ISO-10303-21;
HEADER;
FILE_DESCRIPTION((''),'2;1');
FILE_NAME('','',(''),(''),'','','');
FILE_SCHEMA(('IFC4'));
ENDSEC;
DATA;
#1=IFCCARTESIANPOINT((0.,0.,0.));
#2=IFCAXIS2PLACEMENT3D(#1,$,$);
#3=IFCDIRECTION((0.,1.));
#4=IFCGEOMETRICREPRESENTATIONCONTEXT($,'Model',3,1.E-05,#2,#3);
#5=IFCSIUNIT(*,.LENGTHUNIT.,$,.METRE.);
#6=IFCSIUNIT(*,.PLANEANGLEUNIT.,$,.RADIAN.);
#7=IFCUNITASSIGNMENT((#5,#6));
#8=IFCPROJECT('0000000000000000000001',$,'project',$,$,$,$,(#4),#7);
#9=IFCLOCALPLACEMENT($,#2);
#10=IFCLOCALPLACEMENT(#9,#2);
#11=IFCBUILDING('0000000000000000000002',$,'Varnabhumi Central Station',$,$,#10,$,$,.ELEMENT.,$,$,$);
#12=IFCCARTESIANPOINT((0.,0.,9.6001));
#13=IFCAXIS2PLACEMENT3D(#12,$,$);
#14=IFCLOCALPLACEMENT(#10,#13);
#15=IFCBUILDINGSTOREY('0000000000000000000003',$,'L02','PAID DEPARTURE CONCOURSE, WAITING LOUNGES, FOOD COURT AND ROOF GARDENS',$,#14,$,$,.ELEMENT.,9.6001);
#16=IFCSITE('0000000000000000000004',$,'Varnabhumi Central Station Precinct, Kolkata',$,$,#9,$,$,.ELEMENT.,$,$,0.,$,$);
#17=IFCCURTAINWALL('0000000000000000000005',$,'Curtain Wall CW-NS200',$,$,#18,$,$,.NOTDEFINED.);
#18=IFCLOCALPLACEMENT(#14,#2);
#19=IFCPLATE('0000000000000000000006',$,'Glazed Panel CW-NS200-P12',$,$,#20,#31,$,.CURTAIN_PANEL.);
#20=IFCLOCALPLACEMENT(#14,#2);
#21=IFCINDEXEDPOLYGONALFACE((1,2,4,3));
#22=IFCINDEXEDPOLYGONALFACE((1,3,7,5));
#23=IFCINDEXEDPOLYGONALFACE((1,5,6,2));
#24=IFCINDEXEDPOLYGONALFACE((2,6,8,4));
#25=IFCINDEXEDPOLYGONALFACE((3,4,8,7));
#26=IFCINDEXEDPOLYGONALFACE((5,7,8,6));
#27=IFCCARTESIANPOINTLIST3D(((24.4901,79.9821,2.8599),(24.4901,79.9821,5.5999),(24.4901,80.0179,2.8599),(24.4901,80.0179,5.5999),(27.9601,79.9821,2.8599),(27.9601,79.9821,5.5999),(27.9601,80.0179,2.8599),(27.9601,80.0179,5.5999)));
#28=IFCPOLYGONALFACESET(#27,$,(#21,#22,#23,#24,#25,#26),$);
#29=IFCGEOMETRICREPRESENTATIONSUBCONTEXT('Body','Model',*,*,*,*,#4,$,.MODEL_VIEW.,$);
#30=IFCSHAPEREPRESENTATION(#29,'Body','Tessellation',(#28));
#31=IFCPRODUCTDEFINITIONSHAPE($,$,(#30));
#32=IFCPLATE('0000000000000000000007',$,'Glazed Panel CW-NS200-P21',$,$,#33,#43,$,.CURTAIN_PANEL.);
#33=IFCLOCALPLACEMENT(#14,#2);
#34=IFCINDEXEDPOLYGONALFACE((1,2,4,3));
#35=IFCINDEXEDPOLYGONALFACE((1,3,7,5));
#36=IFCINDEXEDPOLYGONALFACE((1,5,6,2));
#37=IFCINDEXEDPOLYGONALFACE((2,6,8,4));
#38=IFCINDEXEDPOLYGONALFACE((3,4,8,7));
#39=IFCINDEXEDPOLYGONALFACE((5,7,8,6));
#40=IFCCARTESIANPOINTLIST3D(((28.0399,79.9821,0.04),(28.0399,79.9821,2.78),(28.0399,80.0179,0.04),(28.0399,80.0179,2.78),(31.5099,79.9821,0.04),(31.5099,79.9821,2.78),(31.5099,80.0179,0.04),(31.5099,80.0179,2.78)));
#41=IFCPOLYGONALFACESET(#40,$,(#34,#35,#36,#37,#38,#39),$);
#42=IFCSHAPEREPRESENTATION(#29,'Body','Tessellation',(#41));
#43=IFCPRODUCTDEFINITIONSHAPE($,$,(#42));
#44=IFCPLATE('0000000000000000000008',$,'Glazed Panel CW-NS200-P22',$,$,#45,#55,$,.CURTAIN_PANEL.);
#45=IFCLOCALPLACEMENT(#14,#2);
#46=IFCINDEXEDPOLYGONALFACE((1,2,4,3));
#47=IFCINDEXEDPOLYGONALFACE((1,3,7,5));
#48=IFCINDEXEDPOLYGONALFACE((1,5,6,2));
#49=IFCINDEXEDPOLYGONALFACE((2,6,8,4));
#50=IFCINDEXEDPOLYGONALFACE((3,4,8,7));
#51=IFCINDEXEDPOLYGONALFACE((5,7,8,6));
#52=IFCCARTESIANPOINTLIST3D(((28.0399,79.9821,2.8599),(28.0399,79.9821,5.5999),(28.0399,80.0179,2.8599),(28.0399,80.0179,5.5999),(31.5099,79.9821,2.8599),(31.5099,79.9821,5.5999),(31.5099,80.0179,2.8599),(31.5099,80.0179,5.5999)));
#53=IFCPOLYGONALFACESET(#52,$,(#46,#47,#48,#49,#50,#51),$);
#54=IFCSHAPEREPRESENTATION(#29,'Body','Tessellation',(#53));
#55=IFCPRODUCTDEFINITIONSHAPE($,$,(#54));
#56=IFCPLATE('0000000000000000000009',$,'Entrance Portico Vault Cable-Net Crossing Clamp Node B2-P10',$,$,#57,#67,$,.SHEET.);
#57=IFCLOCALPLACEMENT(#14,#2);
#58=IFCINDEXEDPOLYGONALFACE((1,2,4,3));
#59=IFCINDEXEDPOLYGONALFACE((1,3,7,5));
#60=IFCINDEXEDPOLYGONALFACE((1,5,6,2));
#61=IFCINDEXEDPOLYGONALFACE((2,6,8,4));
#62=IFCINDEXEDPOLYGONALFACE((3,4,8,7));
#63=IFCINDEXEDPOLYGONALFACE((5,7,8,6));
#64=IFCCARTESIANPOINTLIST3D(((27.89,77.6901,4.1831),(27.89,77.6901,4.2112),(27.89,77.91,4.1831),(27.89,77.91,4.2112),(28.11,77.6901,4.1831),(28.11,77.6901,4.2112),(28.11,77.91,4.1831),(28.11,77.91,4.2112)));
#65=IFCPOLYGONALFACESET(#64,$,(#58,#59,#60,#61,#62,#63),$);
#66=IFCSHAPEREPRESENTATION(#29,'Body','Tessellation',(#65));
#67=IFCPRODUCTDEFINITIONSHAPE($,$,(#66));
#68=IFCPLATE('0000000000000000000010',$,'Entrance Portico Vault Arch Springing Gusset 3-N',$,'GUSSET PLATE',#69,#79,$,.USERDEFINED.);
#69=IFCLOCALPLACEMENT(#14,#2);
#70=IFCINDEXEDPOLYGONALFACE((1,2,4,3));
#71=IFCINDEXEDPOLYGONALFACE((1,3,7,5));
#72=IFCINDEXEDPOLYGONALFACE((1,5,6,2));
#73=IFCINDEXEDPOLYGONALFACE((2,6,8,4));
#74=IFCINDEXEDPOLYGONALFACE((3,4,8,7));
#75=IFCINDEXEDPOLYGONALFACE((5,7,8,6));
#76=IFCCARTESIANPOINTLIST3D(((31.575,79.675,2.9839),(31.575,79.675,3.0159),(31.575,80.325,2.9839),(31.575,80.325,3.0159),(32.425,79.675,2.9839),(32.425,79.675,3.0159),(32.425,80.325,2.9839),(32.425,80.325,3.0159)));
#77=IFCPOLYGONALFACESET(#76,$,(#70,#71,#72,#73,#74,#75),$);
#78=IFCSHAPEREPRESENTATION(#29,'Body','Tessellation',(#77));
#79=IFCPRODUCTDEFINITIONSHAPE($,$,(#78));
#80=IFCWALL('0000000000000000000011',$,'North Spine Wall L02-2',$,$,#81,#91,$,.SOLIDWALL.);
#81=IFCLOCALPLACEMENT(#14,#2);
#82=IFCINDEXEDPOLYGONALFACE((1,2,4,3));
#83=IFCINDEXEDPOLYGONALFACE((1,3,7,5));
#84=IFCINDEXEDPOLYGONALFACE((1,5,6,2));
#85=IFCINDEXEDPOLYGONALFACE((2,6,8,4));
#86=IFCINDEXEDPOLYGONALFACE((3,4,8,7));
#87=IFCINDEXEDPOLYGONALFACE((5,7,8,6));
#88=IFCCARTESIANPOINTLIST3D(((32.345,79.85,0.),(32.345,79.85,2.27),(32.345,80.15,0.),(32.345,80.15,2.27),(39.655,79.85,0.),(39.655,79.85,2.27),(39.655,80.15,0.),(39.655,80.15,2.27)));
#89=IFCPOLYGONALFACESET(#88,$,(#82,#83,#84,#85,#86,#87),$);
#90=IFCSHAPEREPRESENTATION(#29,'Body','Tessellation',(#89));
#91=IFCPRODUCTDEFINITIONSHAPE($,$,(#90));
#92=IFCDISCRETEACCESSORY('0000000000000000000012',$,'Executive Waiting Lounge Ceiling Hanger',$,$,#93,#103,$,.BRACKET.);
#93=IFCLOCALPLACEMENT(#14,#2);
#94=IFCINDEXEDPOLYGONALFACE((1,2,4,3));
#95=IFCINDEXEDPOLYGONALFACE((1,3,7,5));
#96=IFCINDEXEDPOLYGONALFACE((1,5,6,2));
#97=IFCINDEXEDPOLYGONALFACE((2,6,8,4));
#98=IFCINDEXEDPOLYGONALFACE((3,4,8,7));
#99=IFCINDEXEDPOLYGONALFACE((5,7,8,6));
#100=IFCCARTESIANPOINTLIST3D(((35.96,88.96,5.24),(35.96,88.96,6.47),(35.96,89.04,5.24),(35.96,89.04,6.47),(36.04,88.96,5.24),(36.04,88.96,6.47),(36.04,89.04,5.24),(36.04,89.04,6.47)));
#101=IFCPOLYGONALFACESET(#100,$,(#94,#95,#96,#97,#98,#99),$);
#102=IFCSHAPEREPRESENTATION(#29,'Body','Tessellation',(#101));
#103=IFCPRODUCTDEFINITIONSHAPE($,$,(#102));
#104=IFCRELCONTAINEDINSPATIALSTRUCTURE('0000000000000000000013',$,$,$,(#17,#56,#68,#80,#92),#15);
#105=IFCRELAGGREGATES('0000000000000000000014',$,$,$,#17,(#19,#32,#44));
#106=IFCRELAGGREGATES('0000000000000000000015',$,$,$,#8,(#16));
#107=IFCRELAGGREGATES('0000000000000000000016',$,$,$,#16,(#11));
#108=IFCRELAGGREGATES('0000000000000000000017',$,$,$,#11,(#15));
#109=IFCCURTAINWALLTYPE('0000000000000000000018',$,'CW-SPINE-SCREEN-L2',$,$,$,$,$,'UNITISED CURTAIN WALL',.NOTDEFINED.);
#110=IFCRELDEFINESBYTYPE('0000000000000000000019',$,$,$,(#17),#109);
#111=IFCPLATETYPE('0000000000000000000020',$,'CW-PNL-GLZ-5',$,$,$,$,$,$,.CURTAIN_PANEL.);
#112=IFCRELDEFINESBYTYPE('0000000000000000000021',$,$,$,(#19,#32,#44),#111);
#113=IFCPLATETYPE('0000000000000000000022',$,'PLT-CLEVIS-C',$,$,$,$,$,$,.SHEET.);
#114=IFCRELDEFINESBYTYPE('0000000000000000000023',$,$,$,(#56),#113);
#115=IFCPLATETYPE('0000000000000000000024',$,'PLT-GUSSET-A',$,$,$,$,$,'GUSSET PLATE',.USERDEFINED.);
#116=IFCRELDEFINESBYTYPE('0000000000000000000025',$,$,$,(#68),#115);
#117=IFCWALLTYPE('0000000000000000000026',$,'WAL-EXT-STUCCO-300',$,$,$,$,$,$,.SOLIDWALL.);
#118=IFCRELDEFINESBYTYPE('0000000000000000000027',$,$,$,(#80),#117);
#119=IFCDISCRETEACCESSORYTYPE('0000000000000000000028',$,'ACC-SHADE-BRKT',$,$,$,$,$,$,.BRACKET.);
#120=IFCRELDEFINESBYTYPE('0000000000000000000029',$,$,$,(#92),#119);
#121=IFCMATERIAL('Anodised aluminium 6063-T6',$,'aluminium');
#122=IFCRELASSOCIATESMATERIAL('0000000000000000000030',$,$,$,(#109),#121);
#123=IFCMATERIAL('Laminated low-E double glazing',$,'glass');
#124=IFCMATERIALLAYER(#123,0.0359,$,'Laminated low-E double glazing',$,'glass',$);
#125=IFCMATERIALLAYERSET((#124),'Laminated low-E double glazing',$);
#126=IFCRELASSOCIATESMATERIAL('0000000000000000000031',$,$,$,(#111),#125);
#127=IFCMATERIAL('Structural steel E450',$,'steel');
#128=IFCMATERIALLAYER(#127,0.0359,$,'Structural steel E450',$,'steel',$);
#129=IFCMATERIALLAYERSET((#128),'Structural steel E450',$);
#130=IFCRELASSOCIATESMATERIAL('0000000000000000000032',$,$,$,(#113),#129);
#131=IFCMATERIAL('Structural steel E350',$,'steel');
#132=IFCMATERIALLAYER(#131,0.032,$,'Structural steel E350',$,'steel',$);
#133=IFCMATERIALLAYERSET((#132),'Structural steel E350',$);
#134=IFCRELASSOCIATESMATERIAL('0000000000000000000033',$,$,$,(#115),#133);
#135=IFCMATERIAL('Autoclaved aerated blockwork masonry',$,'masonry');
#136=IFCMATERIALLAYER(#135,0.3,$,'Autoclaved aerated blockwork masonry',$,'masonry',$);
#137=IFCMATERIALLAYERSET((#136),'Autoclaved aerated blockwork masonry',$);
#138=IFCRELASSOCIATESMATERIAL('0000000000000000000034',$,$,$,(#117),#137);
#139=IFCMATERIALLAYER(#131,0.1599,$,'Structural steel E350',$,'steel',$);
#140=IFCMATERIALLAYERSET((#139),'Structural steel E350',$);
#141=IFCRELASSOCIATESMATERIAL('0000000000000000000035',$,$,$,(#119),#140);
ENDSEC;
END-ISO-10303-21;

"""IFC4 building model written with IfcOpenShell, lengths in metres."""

from ifc_helpers import new_model, si_unit, direction, frame, frame_2d, origin, origin_2d, place, context, subcontext, project, spatial, rectangle, extrude, material, layer, layer_set, type_object, element, aggregate, save


model = new_model("IFC4")

# Units and contexts
model_context = context("Model", 3, precision=1e-05, world=origin(), true_north=direction((0.0, 1.0)))
body_context = subcontext(model_context, "Body", "Model", "MODEL_VIEW")
ifc_project = project(units=[si_unit("LENGTHUNIT", "METRE"), si_unit("PLANEANGLEUNIT", "RADIAN")], contexts=[model_context])

# Site, building, storey
site_placement = place(None, origin())
site = spatial("IfcSite", under=ifc_project, at=site_placement, Name="Varnabhumi Central Station Precinct, Kolkata", CompositionType="ELEMENT", RefElevation=0.0)
building_placement = place(site_placement, origin())
building = spatial("IfcBuilding", under=site, at=building_placement, Name="Varnabhumi Central Station", CompositionType="ELEMENT")
storey_placement = place(building_placement, frame((0.0, 0.0, 9.6001)))
storey = spatial("IfcBuildingStorey", under=building, at=storey_placement, Name="L02", Description="PAID DEPARTURE CONCOURSE, WAITING LOUNGES, FOOD COURT AND ROOF GARDENS", CompositionType="ELEMENT", Elevation=9.6001)

# Curtain wall
ifc_material_1 = material(Name="Anodised aluminium 6063-T6", Category="aluminium")
curtain_wall_type = type_object("IfcCurtainWallType", Name="CW-SPINE-SCREEN-L2", ElementType="UNITISED CURTAIN WALL", PredefinedType="NOTDEFINED", material=ifc_material_1)
curtain_wall_placement = place(storey_placement, origin())
curtain_wall = element("IfcCurtainWall", 1, at=curtain_wall_placement, inside=storey, type_object=curtain_wall_type, Name="Curtain Wall CW-NS200", PredefinedType="NOTDEFINED")

# Plates
ifc_material_2 = material(Name="Laminated low-E double glazing", Category="glass")
ifc_layer_1 = layer(ifc_material_2, 0.0359, Name="Laminated low-E double glazing", Category="glass")
ifc_layer_set_1 = layer_set([ifc_layer_1], Name="Laminated low-E double glazing")
plate_type_1 = type_object("IfcPlateType", Name="CW-PNL-GLZ-5", PredefinedType="CURTAIN_PANEL", material=ifc_layer_set_1)
plate_1_placement = place(storey_placement, frame((26.2251, 80.0, 2.8599), z_axis=(0.0, 0.0, 1.0), x_axis=(1.0, 0.0, 0.0)))
plate_1 = element("IfcPlate", 2, at=plate_1_placement, type_object=plate_type_1, Name="Glazed Panel CW-NS200-P12", PredefinedType="CURTAIN_PANEL", context=body_context, shape_type="SweptSolid", body=[
    extrude(rectangle(XDim=3.47, YDim=0.0359, at=origin_2d()), origin(), (0.0, 0.0, 1.0), 2.74),
])
plate_2_placement = place(storey_placement, frame((29.7749, 80.0, 0.04), z_axis=(0.0, 0.0, 1.0), x_axis=(1.0, 0.0, 0.0)))
plate_2 = element("IfcPlate", 3, at=plate_2_placement, type_object=plate_type_1, Name="Glazed Panel CW-NS200-P21", PredefinedType="CURTAIN_PANEL", context=body_context, shape_type="SweptSolid", body=[
    extrude(rectangle(XDim=3.47, YDim=0.0359, at=origin_2d()), origin(), (0.0, 0.0, 1.0), 2.74),
])
plate_3_placement = place(storey_placement, frame((29.7749, 80.0, 2.8599), z_axis=(0.0, 0.0, 1.0), x_axis=(1.0, 0.0, 0.0)))
plate_3 = element("IfcPlate", 4, at=plate_3_placement, type_object=plate_type_1, Name="Glazed Panel CW-NS200-P22", PredefinedType="CURTAIN_PANEL", context=body_context, shape_type="SweptSolid", body=[
    extrude(rectangle(XDim=3.47, YDim=0.0359, at=origin_2d()), origin(), (0.0, 0.0, 1.0), 2.74),
])
aggregate(curtain_wall, [plate_1, plate_2, plate_3])

# Plates
ifc_material_3 = material(Name="Structural steel E450", Category="steel")
ifc_layer_2 = layer(ifc_material_3, 0.0359, Name="Structural steel E450", Category="steel")
ifc_layer_set_2 = layer_set([ifc_layer_2], Name="Structural steel E450")
plate_type_2 = type_object("IfcPlateType", Name="PLT-CLEVIS-C", PredefinedType="SHEET", material=ifc_layer_set_2)
plate_4_placement = place(storey_placement, frame((28.0, 77.8, 4.1831), z_axis=(0.0, 0.0, 1.0), x_axis=(1.0, 0.0, 0.0)))
element("IfcPlate", 5, at=plate_4_placement, inside=storey, type_object=plate_type_2, Name="Entrance Portico Vault Cable-Net Crossing Clamp Node B2-P10", PredefinedType="SHEET", context=body_context, shape_type="SweptSolid", body=[
    extrude(rectangle(XDim=0.22, YDim=0.22, at=origin_2d()), origin(), (0.0, 0.0, 1.0), 0.0281),
])
ifc_material_4 = material(Name="Structural steel E350", Category="steel")
ifc_layer_3 = layer(ifc_material_4, 0.032, Name="Structural steel E350", Category="steel")
ifc_layer_set_3 = layer_set([ifc_layer_3], Name="Structural steel E350")
plate_type_3 = type_object("IfcPlateType", Name="PLT-GUSSET-A", ElementType="GUSSET PLATE", PredefinedType="USERDEFINED", material=ifc_layer_set_3)
plate_5_placement = place(storey_placement, frame((32.0, 80.0, 2.9839), z_axis=(0.0, 0.0, 1.0), x_axis=(1.0, 0.0, 0.0)))
element("IfcPlate", 6, at=plate_5_placement, inside=storey, type_object=plate_type_3, Name="Entrance Portico Vault Arch Springing Gusset 3-N", ObjectType="GUSSET PLATE", PredefinedType="USERDEFINED", context=body_context, shape_type="SweptSolid", body=[
    extrude(rectangle(XDim=0.8501, YDim=0.6499, at=origin_2d()), origin(), (0.0, 0.0, 1.0), 0.032),
])

# Wall
ifc_material_5 = material(Name="Autoclaved aerated blockwork masonry", Category="masonry")
ifc_layer_4 = layer(ifc_material_5, 0.3, Name="Autoclaved aerated blockwork masonry", Category="masonry")
ifc_layer_set_4 = layer_set([ifc_layer_4], Name="Autoclaved aerated blockwork masonry")
wall_type = type_object("IfcWallType", Name="WAL-EXT-STUCCO-300", PredefinedType="SOLIDWALL", material=ifc_layer_set_4)
wall_placement = place(storey_placement, frame((32.345, 80.0, 0.0), z_axis=(0.0, 0.0, 1.0), x_axis=(1.0, 0.0, 0.0)))
element("IfcWall", 7, at=wall_placement, inside=storey, type_object=wall_type, Name="North Spine Wall L02-2", PredefinedType="SOLIDWALL", context=body_context, shape_type="SweptSolid", body=[
    extrude(rectangle(XDim=7.3101, YDim=0.3, at=frame_2d((3.655, 0.0))), origin(), (0.0, 0.0, 1.0), 2.27),
])

# Discrete accessory
ifc_layer_5 = layer(ifc_material_4, 0.1599, Name="Structural steel E350", Category="steel")
ifc_layer_set_5 = layer_set([ifc_layer_5], Name="Structural steel E350")
discrete_accessory_type = type_object("IfcDiscreteAccessoryType", Name="ACC-SHADE-BRKT", PredefinedType="BRACKET", material=ifc_layer_set_5)
discrete_accessory_placement = place(storey_placement, frame((36.0, 89.0, 5.24), z_axis=(0.0, 0.0, 1.0), x_axis=(1.0, 0.0, 0.0)))
element("IfcDiscreteAccessory", 8, at=discrete_accessory_placement, inside=storey, type_object=discrete_accessory_type, Name="Executive Waiting Lounge Ceiling Hanger", PredefinedType="BRACKET", context=body_context, shape_type="SweptSolid", body=[
    extrude(rectangle(XDim=0.0801, YDim=0.0801, at=origin_2d()), origin(), (0.0, 0.0, 1.0), 1.23),
])

save(model, "model.ifc")
